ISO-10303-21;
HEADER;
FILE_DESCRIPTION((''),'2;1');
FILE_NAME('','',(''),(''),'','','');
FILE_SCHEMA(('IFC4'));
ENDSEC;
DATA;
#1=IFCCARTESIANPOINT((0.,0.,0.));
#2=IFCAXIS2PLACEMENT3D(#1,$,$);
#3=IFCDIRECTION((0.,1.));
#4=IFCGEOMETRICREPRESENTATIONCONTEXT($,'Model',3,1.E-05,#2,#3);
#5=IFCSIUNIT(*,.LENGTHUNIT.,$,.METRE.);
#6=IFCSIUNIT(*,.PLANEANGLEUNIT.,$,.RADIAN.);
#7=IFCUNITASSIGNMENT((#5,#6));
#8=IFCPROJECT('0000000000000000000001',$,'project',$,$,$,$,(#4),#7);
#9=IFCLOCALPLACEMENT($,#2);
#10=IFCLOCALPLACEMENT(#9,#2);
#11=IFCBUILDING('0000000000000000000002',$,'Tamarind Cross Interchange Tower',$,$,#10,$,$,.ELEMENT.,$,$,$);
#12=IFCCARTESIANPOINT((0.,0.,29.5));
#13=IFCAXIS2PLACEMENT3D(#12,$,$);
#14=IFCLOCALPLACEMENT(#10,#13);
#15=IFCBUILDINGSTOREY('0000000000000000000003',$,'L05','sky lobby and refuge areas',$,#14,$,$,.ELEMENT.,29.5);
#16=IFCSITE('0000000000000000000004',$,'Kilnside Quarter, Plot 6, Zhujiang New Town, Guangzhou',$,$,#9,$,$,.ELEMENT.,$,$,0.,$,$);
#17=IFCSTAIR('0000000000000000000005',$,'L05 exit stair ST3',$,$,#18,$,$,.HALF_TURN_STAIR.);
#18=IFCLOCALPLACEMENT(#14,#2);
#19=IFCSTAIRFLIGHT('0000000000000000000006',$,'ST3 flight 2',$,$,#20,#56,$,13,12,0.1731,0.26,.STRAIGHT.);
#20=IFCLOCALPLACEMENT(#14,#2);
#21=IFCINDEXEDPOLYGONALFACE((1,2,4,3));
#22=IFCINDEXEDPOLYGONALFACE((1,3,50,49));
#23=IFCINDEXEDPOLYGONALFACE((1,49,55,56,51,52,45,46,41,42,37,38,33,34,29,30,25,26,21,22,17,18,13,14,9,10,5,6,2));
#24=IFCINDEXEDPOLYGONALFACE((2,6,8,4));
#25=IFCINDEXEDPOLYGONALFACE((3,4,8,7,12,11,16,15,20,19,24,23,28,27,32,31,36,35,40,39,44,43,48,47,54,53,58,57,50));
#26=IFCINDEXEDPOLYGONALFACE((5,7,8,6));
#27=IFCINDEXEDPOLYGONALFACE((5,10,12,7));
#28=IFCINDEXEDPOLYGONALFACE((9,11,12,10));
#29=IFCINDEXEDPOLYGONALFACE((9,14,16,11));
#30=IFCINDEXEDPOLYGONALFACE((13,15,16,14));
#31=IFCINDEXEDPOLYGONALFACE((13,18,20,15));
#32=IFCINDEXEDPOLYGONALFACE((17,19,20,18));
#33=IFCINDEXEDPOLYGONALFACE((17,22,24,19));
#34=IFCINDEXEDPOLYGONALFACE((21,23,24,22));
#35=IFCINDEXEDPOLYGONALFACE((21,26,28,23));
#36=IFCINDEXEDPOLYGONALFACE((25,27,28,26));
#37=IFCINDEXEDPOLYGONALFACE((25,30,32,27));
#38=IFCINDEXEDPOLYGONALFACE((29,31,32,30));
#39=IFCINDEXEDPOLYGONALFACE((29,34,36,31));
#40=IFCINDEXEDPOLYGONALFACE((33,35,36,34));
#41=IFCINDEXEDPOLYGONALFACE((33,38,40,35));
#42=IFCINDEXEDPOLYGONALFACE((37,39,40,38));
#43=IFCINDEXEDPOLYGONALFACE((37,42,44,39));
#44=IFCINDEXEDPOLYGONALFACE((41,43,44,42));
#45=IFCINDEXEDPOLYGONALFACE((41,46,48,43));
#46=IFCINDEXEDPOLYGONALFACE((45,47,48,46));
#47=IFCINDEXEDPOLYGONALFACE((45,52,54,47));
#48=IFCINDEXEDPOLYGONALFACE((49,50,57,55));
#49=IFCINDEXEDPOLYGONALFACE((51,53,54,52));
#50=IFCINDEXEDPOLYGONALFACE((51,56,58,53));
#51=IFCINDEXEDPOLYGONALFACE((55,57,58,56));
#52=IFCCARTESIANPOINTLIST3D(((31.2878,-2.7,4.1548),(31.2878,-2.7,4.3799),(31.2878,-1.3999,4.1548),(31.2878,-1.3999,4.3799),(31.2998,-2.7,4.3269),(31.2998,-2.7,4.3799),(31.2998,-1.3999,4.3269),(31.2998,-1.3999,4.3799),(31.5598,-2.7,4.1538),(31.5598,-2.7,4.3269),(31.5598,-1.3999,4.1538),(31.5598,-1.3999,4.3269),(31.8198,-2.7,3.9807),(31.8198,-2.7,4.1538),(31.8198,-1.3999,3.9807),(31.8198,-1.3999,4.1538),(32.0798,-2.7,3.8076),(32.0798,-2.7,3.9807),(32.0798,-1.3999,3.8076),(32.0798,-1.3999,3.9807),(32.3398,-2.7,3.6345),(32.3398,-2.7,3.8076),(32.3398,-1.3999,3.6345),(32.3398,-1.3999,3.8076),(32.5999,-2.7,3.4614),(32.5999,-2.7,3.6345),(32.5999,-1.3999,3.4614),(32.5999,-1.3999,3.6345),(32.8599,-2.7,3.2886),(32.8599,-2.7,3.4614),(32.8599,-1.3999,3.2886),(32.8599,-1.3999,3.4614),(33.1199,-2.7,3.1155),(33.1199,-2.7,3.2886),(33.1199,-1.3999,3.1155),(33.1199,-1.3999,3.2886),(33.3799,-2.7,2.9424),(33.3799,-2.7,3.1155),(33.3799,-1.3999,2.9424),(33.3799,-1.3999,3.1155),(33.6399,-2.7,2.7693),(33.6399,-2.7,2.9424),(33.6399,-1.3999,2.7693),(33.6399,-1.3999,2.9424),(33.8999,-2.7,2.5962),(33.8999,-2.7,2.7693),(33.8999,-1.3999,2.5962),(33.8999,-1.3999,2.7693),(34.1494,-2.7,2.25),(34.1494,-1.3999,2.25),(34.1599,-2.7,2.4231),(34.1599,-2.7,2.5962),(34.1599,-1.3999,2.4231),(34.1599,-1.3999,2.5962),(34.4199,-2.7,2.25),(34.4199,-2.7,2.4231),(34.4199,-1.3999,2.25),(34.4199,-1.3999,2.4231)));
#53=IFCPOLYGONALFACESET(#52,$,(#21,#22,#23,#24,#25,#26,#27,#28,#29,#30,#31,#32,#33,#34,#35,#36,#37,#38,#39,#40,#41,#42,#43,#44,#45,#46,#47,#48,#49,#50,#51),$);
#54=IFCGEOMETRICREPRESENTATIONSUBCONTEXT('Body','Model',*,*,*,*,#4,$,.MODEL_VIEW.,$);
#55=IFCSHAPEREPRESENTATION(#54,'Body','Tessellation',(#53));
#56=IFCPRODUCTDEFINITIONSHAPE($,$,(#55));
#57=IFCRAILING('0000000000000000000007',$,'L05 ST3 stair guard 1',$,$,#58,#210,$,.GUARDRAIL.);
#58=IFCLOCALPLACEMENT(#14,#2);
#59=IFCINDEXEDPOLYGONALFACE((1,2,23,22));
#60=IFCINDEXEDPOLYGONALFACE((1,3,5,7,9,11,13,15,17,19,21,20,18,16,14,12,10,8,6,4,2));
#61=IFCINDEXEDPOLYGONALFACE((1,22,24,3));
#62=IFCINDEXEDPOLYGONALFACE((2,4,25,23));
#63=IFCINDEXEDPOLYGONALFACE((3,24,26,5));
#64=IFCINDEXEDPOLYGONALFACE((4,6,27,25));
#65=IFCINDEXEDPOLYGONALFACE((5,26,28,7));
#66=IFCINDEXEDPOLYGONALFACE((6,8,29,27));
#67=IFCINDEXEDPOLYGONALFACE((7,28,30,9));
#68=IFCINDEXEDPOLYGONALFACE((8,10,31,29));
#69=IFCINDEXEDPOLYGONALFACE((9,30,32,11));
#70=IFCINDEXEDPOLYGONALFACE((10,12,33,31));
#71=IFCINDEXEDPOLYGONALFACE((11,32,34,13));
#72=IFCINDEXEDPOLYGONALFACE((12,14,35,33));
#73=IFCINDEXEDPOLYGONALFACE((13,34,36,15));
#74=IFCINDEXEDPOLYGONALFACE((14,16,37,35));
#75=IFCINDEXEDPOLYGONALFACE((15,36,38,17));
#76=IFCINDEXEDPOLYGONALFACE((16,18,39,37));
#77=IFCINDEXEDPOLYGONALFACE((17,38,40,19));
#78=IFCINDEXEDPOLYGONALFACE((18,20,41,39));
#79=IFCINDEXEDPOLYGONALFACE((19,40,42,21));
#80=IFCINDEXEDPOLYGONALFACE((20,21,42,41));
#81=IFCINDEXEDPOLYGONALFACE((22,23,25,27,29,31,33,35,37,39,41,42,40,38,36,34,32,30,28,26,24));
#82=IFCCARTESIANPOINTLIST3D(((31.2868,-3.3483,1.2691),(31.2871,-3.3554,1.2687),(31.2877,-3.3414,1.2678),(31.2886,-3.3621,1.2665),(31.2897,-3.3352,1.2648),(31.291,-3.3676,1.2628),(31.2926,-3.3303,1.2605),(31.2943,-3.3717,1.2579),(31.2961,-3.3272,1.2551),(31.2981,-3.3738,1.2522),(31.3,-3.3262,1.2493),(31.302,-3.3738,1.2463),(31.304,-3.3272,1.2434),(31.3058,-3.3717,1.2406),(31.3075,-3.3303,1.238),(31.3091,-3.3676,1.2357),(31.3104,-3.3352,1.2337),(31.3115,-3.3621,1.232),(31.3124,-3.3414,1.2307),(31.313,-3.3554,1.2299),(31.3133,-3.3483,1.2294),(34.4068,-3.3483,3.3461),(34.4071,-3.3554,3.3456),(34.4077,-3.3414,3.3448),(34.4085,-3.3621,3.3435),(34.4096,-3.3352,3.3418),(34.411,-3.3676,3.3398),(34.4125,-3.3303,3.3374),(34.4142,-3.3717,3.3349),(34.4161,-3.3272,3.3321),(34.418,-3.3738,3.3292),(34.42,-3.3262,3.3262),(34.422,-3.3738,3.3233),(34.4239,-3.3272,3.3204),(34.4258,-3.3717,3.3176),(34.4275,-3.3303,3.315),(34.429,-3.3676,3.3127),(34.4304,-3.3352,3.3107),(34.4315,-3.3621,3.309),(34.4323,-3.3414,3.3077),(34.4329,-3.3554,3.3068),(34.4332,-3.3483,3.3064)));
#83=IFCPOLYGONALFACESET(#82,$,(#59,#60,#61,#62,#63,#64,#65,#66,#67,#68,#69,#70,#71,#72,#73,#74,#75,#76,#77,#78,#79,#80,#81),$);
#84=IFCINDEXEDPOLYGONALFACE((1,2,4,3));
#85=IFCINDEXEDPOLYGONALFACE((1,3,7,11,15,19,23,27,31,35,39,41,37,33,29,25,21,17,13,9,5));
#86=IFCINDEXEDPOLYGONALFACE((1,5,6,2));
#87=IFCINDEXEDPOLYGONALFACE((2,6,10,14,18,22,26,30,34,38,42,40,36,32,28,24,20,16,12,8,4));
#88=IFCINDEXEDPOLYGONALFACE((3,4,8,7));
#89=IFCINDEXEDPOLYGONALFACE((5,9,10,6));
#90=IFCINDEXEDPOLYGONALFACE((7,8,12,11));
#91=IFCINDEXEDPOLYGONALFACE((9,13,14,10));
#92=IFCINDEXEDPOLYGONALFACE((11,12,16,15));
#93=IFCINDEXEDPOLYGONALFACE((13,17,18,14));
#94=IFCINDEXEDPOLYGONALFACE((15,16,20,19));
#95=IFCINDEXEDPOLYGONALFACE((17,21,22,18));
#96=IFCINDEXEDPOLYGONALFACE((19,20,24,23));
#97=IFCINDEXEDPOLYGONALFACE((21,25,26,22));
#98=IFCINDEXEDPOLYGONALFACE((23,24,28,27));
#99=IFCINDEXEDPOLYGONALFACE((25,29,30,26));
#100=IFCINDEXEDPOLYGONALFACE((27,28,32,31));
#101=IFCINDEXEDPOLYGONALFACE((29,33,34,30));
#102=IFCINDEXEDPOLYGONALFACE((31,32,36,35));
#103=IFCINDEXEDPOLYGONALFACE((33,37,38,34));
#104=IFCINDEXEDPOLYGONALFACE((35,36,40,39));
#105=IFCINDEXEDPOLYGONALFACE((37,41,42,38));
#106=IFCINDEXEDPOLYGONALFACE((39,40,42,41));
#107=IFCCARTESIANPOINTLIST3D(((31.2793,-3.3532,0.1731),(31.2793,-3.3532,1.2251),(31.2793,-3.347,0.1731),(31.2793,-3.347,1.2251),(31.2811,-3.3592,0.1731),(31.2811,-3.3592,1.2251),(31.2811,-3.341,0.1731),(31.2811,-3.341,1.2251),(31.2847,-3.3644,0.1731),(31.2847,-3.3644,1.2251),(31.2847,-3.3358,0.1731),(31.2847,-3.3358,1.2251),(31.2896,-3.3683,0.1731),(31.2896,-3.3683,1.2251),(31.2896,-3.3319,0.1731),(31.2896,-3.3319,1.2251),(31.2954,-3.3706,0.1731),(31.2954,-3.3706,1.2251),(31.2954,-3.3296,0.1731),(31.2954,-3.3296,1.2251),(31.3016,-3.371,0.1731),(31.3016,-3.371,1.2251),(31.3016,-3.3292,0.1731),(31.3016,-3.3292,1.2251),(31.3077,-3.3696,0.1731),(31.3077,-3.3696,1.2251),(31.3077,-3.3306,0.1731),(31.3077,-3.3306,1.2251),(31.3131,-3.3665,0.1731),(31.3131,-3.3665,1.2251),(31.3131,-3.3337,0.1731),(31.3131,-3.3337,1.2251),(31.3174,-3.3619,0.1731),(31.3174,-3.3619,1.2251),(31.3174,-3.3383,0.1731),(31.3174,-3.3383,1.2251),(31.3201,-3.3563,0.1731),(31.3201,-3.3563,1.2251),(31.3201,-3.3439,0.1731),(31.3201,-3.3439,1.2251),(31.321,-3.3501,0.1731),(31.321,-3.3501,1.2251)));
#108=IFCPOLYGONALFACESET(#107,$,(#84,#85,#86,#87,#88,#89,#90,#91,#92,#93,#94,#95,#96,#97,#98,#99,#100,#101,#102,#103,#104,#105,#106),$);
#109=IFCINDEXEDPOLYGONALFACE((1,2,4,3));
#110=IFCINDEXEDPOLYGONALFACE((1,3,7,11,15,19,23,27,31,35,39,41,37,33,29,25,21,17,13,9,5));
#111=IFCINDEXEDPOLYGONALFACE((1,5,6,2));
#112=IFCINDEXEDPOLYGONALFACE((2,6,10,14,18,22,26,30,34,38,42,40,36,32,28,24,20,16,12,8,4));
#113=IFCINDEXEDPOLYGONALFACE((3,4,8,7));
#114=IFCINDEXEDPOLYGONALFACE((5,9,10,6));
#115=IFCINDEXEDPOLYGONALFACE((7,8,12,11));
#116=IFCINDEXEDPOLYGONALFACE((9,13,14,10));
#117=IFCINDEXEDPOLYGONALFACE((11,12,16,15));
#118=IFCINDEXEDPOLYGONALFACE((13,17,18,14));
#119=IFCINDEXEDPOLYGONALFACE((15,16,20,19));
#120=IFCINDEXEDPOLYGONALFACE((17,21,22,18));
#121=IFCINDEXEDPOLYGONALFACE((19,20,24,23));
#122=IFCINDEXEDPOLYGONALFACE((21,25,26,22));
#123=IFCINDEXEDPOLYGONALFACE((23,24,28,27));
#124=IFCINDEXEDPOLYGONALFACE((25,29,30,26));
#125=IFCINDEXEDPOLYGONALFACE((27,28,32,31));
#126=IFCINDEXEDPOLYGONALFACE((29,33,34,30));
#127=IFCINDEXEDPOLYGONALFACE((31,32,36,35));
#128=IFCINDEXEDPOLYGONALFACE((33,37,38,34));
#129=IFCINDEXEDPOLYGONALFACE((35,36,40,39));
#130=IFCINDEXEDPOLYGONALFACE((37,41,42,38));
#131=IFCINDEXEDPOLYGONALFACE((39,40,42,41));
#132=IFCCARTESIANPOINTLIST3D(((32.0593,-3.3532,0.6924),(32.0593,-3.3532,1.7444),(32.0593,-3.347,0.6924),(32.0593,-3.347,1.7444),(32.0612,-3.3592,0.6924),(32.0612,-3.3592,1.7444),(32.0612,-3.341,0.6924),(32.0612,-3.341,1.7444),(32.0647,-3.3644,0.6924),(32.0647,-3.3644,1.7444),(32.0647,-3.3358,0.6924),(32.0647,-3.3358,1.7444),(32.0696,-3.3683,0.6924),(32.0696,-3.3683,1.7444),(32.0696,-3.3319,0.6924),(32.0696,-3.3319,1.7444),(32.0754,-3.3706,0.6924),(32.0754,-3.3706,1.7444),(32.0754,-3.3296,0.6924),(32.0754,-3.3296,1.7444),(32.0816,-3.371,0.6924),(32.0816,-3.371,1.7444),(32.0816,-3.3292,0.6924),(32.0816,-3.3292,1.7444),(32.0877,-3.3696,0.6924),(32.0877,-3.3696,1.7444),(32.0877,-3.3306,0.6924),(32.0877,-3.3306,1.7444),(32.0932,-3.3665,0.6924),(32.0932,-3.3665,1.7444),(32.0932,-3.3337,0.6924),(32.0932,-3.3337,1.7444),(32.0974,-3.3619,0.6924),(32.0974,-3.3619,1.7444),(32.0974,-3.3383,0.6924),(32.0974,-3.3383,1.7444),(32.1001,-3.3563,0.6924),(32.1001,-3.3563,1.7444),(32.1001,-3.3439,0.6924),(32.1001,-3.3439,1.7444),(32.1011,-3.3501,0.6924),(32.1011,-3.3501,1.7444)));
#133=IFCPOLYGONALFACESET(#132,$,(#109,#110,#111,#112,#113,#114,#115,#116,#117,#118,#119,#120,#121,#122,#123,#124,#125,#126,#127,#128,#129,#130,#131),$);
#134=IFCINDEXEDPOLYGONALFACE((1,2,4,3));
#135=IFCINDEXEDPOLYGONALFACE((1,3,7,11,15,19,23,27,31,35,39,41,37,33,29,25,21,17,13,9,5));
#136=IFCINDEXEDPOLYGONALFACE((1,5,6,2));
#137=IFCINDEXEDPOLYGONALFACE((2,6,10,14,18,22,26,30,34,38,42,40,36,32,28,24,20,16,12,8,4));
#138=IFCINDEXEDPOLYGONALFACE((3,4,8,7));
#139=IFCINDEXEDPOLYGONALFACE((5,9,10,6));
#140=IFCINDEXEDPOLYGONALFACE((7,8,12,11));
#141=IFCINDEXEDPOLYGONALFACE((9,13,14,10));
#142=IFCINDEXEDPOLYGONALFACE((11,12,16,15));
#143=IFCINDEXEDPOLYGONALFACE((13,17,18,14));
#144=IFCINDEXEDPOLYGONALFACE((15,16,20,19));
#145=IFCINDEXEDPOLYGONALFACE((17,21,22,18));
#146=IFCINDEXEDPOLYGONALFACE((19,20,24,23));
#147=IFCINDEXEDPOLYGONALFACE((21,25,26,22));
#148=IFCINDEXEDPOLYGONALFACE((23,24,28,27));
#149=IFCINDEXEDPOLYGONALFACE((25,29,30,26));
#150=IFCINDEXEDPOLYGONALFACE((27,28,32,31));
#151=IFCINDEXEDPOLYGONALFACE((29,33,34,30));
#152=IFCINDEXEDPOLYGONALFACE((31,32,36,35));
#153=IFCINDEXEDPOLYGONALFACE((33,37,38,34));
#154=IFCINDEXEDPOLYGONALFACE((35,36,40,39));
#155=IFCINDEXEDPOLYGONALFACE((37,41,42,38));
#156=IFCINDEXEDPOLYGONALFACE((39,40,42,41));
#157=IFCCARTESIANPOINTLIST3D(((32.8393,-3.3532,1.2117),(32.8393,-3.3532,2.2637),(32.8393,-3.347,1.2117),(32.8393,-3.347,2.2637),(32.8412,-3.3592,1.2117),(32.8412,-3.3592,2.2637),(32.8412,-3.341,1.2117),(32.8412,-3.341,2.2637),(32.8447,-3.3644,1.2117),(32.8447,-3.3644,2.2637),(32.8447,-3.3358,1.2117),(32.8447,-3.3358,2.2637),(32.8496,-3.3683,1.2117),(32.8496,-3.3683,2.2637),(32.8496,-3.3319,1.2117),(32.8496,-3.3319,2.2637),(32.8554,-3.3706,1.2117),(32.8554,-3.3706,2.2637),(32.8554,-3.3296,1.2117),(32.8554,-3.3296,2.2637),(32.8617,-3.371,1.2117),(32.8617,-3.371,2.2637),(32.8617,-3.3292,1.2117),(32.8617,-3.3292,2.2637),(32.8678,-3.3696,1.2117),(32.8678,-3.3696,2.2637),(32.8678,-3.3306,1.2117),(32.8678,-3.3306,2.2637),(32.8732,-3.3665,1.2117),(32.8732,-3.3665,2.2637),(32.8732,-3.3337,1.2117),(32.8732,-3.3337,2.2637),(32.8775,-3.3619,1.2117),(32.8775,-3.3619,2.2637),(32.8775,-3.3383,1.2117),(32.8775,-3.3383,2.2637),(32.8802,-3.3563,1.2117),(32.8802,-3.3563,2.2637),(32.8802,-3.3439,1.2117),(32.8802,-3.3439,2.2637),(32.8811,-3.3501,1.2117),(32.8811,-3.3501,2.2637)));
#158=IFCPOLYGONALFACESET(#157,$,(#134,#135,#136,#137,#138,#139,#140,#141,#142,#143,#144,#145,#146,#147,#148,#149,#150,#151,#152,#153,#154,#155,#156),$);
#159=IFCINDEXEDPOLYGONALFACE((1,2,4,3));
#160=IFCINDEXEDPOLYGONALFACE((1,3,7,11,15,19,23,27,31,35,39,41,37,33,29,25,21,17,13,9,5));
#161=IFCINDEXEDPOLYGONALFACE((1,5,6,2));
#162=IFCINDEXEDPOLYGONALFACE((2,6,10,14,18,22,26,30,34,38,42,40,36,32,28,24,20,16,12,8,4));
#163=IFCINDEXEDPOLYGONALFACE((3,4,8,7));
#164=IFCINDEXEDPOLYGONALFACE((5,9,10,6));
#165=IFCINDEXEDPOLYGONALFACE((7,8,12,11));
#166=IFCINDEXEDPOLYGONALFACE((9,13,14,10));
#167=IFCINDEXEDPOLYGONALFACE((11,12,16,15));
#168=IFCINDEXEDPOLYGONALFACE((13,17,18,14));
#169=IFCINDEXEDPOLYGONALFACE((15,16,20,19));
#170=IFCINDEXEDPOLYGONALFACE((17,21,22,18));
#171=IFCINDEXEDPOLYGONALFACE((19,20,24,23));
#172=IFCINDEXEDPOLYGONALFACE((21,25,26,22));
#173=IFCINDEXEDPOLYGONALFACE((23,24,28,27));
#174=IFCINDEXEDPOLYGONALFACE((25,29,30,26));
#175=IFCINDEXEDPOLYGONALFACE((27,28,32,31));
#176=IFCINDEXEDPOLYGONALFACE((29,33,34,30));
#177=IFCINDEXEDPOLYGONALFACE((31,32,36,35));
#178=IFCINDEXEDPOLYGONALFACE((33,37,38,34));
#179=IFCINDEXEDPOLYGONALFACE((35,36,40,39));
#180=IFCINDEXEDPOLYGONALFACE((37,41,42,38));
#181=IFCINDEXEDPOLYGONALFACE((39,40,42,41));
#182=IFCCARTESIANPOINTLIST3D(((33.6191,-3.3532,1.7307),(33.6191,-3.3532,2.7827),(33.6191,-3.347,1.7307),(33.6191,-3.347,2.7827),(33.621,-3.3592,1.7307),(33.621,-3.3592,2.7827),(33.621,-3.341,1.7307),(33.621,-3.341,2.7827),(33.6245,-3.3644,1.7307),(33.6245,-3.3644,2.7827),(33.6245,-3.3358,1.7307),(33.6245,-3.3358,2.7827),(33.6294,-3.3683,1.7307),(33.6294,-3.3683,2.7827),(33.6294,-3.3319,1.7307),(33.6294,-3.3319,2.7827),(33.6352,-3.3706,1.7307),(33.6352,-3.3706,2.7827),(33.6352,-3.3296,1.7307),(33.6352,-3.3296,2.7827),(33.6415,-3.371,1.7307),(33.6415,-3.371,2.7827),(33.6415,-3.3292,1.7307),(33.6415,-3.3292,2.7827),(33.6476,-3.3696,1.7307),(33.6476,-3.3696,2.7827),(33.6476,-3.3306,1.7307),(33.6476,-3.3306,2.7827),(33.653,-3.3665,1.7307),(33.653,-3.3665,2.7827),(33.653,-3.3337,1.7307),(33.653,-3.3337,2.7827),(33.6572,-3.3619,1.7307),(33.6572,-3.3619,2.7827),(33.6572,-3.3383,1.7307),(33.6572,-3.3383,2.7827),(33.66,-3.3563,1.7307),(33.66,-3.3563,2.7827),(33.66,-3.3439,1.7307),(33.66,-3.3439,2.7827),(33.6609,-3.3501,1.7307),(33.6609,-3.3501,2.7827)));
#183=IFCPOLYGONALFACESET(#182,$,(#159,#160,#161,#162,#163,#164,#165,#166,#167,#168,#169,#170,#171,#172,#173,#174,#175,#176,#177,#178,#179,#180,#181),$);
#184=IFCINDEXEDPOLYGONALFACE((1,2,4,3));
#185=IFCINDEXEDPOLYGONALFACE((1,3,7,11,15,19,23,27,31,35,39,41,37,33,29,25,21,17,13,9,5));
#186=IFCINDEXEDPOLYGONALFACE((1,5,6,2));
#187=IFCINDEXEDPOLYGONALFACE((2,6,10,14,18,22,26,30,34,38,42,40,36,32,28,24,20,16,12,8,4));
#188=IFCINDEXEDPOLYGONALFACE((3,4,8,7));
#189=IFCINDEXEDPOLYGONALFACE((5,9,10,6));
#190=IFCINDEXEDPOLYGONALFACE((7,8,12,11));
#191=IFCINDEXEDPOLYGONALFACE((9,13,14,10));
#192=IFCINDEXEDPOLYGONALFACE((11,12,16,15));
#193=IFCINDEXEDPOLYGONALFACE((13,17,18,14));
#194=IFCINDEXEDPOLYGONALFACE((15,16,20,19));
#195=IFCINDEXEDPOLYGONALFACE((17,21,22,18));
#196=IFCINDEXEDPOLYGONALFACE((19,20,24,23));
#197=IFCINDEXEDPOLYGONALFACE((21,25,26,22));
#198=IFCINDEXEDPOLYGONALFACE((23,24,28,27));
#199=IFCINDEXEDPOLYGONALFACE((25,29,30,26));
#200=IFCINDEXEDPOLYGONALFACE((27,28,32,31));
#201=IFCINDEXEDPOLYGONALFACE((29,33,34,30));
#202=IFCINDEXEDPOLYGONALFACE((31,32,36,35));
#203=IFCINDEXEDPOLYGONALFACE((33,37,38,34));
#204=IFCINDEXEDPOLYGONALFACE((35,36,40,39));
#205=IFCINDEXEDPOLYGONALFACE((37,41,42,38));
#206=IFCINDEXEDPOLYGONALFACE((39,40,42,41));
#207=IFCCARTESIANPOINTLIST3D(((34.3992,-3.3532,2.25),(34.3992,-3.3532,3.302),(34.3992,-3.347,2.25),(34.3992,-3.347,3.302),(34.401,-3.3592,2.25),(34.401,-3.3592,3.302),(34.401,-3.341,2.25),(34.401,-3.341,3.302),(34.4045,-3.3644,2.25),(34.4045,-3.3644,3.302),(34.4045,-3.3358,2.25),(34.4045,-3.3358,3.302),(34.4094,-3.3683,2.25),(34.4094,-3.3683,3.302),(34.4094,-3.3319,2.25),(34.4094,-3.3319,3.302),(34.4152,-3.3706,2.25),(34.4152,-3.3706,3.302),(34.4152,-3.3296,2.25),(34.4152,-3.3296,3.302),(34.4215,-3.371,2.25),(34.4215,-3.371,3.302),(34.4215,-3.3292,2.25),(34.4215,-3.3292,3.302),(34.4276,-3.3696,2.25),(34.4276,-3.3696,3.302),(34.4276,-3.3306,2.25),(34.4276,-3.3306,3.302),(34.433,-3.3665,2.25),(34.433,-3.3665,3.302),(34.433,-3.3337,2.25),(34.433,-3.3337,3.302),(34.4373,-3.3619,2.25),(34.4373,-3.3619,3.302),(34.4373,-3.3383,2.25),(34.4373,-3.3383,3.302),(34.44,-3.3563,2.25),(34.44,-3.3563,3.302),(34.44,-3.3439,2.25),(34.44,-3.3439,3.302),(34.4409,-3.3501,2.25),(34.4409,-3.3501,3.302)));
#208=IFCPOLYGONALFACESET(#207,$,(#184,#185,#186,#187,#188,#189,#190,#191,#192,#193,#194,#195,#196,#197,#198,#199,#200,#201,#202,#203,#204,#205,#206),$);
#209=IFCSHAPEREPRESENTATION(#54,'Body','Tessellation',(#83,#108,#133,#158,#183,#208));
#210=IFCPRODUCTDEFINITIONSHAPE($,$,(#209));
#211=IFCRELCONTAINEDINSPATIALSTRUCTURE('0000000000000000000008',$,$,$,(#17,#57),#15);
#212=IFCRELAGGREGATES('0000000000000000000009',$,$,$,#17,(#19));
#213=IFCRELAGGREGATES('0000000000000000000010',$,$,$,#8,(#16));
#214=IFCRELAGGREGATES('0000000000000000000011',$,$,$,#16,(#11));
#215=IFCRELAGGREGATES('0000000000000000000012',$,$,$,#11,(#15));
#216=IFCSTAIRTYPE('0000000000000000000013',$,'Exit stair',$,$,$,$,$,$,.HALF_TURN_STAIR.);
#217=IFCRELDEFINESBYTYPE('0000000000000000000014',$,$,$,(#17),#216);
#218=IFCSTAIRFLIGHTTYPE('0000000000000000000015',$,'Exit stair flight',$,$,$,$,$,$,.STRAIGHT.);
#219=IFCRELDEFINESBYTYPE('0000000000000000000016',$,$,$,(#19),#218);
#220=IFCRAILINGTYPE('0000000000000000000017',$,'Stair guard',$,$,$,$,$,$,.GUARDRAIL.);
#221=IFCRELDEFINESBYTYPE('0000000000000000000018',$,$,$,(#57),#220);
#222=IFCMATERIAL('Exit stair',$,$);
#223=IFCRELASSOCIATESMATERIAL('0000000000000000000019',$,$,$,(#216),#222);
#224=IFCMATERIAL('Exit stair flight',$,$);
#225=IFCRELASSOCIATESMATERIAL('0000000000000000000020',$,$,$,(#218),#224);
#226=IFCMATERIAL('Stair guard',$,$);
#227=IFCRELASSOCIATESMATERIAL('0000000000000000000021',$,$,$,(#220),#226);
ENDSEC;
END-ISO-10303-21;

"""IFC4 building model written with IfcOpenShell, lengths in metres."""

from ifc_helpers import new_model, si_unit, direction, frame, origin, origin_2d, place, context, subcontext, project, spatial, polyline, circle, outline, extrude, material, type_object, element, aggregate, save


model = new_model("IFC4")

# Units and contexts
model_context = context("Model", 3, precision=1e-05, world=origin(), true_north=direction((0.0, 1.0)))
body_context = subcontext(model_context, "Body", "Model", "MODEL_VIEW")
ifc_project = project(units=[si_unit("LENGTHUNIT", "METRE"), si_unit("PLANEANGLEUNIT", "RADIAN")], contexts=[model_context])

# Site, building, storey
site_placement = place(None, origin())
site = spatial("IfcSite", under=ifc_project, at=site_placement, Name="Kilnside Quarter, Plot 6, Zhujiang New Town, Guangzhou", CompositionType="ELEMENT", RefElevation=0.0)
building_placement = place(site_placement, origin())
building = spatial("IfcBuilding", under=site, at=building_placement, Name="Tamarind Cross Interchange Tower", CompositionType="ELEMENT")
storey_placement = place(building_placement, frame((0.0, 0.0, 29.5)))
storey = spatial("IfcBuildingStorey", under=building, at=storey_placement, Name="L05", Description="sky lobby and refuge areas", CompositionType="ELEMENT", Elevation=29.5)

# Stair, stair flight
ifc_material_1 = material(Name="Exit stair")
stair_type = type_object("IfcStairType", Name="Exit stair", PredefinedType="HALF_TURN_STAIR", material=ifc_material_1)
stair_placement = place(storey_placement, origin())
stair = element("IfcStair", 1, at=stair_placement, inside=storey, type_object=stair_type, Name="L05 exit stair ST3", PredefinedType="HALF_TURN_STAIR")
ifc_material_2 = material(Name="Exit stair flight")
stair_flight_type = type_object("IfcStairFlightType", Name="Exit stair flight", PredefinedType="STRAIGHT", material=ifc_material_2)
stair_flight_1_placement = place(storey_placement, frame((34.4199, -2.05, 2.25), z_axis=(0.0, 0.0, 1.0), x_axis=(-1.0, 0.0, 0.0)))
stair_flight_1 = element("IfcStairFlight", 2, at=stair_flight_1_placement, type_object=stair_flight_type, Name="ST3 flight 2", NumberOfRisers=13, NumberOfTreads=12, PredefinedType="STRAIGHT", RiserHeight=0.1731, TreadLength=0.26, context=body_context, shape_type="SweptSolid", body=[
    extrude(outline(polyline([(0.0, 0.0), (0.0, 0.1731), (0.26, 0.1731), (0.26, 0.3462), (0.52, 0.3462), (0.52, 0.5193), (0.78, 0.5193), (0.78, 0.6924), (1.04, 0.6924), (1.04, 0.8655), (1.3, 0.8655), (1.3, 1.0386), (1.5601, 1.0386), (1.5601, 1.2114), (1.8201, 1.2114), (1.8201, 1.3845), (2.0801, 1.3845), (2.0801, 1.5576), (2.3401, 1.5576), (2.3401, 1.7307), (2.6001, 1.7307), (2.6001, 1.9038), (2.8601, 1.9038), (2.8601, 2.0769), (3.1201, 2.0769), (3.1201, 2.1299), (3.1321, 2.1299), (3.1321, 1.9048), (0.2705, 0.0), (0.0, 0.0)])), frame((0.0, 0.6499, 0.0), z_axis=(0.0, -1.0, 0.0), x_axis=(1.0, 0.0, 0.0)), (0.0, 0.0, 1.0), 1.3),
])
aggregate(stair, [stair_flight_1])

# Railing
ifc_material_3 = material(Name="Stair guard")
railing_type_1 = type_object("IfcRailingType", Name="Stair guard", PredefinedType="GUARDRAIL", material=ifc_material_3)
railing_1_placement = place(storey_placement, frame((31.3, -3.3501, 0.1731)))
element("IfcRailing", 3, at=railing_1_placement, inside=storey, type_object=railing_type_1, Name="L05 ST3 stair guard 1", PredefinedType="GUARDRAIL", context=body_context, shape_type="SweptSolid", body=[
    extrude(circle(Radius=0.0239, at=origin_2d()), frame((0.0, 0.0, 1.0762), z_axis=(0.832421, 0.0, 0.554144), x_axis=(0.0, 1.0, 0.0)), (0.0, 0.0, 1.0), 3.748),
    extrude(circle(Radius=0.021, at=origin_2d()), origin(), (0.0, 0.0, 1.0), 1.052),
    extrude(circle(Radius=0.021, at=origin_2d()), frame((0.78, 0.0, 0.5193)), (0.0, 0.0, 1.0), 1.052),
    extrude(circle(Radius=0.021, at=origin_2d()), frame((1.5601, 0.0, 1.0386)), (0.0, 0.0, 1.0), 1.052),
    extrude(circle(Radius=0.021, at=origin_2d()), frame((2.3398, 0.0, 1.5576)), (0.0, 0.0, 1.0), 1.052),
    extrude(circle(Radius=0.021, at=origin_2d()), frame((3.1199, 0.0, 2.0769)), (0.0, 0.0, 1.0), 1.052),
])

save(model, "model.ifc")
